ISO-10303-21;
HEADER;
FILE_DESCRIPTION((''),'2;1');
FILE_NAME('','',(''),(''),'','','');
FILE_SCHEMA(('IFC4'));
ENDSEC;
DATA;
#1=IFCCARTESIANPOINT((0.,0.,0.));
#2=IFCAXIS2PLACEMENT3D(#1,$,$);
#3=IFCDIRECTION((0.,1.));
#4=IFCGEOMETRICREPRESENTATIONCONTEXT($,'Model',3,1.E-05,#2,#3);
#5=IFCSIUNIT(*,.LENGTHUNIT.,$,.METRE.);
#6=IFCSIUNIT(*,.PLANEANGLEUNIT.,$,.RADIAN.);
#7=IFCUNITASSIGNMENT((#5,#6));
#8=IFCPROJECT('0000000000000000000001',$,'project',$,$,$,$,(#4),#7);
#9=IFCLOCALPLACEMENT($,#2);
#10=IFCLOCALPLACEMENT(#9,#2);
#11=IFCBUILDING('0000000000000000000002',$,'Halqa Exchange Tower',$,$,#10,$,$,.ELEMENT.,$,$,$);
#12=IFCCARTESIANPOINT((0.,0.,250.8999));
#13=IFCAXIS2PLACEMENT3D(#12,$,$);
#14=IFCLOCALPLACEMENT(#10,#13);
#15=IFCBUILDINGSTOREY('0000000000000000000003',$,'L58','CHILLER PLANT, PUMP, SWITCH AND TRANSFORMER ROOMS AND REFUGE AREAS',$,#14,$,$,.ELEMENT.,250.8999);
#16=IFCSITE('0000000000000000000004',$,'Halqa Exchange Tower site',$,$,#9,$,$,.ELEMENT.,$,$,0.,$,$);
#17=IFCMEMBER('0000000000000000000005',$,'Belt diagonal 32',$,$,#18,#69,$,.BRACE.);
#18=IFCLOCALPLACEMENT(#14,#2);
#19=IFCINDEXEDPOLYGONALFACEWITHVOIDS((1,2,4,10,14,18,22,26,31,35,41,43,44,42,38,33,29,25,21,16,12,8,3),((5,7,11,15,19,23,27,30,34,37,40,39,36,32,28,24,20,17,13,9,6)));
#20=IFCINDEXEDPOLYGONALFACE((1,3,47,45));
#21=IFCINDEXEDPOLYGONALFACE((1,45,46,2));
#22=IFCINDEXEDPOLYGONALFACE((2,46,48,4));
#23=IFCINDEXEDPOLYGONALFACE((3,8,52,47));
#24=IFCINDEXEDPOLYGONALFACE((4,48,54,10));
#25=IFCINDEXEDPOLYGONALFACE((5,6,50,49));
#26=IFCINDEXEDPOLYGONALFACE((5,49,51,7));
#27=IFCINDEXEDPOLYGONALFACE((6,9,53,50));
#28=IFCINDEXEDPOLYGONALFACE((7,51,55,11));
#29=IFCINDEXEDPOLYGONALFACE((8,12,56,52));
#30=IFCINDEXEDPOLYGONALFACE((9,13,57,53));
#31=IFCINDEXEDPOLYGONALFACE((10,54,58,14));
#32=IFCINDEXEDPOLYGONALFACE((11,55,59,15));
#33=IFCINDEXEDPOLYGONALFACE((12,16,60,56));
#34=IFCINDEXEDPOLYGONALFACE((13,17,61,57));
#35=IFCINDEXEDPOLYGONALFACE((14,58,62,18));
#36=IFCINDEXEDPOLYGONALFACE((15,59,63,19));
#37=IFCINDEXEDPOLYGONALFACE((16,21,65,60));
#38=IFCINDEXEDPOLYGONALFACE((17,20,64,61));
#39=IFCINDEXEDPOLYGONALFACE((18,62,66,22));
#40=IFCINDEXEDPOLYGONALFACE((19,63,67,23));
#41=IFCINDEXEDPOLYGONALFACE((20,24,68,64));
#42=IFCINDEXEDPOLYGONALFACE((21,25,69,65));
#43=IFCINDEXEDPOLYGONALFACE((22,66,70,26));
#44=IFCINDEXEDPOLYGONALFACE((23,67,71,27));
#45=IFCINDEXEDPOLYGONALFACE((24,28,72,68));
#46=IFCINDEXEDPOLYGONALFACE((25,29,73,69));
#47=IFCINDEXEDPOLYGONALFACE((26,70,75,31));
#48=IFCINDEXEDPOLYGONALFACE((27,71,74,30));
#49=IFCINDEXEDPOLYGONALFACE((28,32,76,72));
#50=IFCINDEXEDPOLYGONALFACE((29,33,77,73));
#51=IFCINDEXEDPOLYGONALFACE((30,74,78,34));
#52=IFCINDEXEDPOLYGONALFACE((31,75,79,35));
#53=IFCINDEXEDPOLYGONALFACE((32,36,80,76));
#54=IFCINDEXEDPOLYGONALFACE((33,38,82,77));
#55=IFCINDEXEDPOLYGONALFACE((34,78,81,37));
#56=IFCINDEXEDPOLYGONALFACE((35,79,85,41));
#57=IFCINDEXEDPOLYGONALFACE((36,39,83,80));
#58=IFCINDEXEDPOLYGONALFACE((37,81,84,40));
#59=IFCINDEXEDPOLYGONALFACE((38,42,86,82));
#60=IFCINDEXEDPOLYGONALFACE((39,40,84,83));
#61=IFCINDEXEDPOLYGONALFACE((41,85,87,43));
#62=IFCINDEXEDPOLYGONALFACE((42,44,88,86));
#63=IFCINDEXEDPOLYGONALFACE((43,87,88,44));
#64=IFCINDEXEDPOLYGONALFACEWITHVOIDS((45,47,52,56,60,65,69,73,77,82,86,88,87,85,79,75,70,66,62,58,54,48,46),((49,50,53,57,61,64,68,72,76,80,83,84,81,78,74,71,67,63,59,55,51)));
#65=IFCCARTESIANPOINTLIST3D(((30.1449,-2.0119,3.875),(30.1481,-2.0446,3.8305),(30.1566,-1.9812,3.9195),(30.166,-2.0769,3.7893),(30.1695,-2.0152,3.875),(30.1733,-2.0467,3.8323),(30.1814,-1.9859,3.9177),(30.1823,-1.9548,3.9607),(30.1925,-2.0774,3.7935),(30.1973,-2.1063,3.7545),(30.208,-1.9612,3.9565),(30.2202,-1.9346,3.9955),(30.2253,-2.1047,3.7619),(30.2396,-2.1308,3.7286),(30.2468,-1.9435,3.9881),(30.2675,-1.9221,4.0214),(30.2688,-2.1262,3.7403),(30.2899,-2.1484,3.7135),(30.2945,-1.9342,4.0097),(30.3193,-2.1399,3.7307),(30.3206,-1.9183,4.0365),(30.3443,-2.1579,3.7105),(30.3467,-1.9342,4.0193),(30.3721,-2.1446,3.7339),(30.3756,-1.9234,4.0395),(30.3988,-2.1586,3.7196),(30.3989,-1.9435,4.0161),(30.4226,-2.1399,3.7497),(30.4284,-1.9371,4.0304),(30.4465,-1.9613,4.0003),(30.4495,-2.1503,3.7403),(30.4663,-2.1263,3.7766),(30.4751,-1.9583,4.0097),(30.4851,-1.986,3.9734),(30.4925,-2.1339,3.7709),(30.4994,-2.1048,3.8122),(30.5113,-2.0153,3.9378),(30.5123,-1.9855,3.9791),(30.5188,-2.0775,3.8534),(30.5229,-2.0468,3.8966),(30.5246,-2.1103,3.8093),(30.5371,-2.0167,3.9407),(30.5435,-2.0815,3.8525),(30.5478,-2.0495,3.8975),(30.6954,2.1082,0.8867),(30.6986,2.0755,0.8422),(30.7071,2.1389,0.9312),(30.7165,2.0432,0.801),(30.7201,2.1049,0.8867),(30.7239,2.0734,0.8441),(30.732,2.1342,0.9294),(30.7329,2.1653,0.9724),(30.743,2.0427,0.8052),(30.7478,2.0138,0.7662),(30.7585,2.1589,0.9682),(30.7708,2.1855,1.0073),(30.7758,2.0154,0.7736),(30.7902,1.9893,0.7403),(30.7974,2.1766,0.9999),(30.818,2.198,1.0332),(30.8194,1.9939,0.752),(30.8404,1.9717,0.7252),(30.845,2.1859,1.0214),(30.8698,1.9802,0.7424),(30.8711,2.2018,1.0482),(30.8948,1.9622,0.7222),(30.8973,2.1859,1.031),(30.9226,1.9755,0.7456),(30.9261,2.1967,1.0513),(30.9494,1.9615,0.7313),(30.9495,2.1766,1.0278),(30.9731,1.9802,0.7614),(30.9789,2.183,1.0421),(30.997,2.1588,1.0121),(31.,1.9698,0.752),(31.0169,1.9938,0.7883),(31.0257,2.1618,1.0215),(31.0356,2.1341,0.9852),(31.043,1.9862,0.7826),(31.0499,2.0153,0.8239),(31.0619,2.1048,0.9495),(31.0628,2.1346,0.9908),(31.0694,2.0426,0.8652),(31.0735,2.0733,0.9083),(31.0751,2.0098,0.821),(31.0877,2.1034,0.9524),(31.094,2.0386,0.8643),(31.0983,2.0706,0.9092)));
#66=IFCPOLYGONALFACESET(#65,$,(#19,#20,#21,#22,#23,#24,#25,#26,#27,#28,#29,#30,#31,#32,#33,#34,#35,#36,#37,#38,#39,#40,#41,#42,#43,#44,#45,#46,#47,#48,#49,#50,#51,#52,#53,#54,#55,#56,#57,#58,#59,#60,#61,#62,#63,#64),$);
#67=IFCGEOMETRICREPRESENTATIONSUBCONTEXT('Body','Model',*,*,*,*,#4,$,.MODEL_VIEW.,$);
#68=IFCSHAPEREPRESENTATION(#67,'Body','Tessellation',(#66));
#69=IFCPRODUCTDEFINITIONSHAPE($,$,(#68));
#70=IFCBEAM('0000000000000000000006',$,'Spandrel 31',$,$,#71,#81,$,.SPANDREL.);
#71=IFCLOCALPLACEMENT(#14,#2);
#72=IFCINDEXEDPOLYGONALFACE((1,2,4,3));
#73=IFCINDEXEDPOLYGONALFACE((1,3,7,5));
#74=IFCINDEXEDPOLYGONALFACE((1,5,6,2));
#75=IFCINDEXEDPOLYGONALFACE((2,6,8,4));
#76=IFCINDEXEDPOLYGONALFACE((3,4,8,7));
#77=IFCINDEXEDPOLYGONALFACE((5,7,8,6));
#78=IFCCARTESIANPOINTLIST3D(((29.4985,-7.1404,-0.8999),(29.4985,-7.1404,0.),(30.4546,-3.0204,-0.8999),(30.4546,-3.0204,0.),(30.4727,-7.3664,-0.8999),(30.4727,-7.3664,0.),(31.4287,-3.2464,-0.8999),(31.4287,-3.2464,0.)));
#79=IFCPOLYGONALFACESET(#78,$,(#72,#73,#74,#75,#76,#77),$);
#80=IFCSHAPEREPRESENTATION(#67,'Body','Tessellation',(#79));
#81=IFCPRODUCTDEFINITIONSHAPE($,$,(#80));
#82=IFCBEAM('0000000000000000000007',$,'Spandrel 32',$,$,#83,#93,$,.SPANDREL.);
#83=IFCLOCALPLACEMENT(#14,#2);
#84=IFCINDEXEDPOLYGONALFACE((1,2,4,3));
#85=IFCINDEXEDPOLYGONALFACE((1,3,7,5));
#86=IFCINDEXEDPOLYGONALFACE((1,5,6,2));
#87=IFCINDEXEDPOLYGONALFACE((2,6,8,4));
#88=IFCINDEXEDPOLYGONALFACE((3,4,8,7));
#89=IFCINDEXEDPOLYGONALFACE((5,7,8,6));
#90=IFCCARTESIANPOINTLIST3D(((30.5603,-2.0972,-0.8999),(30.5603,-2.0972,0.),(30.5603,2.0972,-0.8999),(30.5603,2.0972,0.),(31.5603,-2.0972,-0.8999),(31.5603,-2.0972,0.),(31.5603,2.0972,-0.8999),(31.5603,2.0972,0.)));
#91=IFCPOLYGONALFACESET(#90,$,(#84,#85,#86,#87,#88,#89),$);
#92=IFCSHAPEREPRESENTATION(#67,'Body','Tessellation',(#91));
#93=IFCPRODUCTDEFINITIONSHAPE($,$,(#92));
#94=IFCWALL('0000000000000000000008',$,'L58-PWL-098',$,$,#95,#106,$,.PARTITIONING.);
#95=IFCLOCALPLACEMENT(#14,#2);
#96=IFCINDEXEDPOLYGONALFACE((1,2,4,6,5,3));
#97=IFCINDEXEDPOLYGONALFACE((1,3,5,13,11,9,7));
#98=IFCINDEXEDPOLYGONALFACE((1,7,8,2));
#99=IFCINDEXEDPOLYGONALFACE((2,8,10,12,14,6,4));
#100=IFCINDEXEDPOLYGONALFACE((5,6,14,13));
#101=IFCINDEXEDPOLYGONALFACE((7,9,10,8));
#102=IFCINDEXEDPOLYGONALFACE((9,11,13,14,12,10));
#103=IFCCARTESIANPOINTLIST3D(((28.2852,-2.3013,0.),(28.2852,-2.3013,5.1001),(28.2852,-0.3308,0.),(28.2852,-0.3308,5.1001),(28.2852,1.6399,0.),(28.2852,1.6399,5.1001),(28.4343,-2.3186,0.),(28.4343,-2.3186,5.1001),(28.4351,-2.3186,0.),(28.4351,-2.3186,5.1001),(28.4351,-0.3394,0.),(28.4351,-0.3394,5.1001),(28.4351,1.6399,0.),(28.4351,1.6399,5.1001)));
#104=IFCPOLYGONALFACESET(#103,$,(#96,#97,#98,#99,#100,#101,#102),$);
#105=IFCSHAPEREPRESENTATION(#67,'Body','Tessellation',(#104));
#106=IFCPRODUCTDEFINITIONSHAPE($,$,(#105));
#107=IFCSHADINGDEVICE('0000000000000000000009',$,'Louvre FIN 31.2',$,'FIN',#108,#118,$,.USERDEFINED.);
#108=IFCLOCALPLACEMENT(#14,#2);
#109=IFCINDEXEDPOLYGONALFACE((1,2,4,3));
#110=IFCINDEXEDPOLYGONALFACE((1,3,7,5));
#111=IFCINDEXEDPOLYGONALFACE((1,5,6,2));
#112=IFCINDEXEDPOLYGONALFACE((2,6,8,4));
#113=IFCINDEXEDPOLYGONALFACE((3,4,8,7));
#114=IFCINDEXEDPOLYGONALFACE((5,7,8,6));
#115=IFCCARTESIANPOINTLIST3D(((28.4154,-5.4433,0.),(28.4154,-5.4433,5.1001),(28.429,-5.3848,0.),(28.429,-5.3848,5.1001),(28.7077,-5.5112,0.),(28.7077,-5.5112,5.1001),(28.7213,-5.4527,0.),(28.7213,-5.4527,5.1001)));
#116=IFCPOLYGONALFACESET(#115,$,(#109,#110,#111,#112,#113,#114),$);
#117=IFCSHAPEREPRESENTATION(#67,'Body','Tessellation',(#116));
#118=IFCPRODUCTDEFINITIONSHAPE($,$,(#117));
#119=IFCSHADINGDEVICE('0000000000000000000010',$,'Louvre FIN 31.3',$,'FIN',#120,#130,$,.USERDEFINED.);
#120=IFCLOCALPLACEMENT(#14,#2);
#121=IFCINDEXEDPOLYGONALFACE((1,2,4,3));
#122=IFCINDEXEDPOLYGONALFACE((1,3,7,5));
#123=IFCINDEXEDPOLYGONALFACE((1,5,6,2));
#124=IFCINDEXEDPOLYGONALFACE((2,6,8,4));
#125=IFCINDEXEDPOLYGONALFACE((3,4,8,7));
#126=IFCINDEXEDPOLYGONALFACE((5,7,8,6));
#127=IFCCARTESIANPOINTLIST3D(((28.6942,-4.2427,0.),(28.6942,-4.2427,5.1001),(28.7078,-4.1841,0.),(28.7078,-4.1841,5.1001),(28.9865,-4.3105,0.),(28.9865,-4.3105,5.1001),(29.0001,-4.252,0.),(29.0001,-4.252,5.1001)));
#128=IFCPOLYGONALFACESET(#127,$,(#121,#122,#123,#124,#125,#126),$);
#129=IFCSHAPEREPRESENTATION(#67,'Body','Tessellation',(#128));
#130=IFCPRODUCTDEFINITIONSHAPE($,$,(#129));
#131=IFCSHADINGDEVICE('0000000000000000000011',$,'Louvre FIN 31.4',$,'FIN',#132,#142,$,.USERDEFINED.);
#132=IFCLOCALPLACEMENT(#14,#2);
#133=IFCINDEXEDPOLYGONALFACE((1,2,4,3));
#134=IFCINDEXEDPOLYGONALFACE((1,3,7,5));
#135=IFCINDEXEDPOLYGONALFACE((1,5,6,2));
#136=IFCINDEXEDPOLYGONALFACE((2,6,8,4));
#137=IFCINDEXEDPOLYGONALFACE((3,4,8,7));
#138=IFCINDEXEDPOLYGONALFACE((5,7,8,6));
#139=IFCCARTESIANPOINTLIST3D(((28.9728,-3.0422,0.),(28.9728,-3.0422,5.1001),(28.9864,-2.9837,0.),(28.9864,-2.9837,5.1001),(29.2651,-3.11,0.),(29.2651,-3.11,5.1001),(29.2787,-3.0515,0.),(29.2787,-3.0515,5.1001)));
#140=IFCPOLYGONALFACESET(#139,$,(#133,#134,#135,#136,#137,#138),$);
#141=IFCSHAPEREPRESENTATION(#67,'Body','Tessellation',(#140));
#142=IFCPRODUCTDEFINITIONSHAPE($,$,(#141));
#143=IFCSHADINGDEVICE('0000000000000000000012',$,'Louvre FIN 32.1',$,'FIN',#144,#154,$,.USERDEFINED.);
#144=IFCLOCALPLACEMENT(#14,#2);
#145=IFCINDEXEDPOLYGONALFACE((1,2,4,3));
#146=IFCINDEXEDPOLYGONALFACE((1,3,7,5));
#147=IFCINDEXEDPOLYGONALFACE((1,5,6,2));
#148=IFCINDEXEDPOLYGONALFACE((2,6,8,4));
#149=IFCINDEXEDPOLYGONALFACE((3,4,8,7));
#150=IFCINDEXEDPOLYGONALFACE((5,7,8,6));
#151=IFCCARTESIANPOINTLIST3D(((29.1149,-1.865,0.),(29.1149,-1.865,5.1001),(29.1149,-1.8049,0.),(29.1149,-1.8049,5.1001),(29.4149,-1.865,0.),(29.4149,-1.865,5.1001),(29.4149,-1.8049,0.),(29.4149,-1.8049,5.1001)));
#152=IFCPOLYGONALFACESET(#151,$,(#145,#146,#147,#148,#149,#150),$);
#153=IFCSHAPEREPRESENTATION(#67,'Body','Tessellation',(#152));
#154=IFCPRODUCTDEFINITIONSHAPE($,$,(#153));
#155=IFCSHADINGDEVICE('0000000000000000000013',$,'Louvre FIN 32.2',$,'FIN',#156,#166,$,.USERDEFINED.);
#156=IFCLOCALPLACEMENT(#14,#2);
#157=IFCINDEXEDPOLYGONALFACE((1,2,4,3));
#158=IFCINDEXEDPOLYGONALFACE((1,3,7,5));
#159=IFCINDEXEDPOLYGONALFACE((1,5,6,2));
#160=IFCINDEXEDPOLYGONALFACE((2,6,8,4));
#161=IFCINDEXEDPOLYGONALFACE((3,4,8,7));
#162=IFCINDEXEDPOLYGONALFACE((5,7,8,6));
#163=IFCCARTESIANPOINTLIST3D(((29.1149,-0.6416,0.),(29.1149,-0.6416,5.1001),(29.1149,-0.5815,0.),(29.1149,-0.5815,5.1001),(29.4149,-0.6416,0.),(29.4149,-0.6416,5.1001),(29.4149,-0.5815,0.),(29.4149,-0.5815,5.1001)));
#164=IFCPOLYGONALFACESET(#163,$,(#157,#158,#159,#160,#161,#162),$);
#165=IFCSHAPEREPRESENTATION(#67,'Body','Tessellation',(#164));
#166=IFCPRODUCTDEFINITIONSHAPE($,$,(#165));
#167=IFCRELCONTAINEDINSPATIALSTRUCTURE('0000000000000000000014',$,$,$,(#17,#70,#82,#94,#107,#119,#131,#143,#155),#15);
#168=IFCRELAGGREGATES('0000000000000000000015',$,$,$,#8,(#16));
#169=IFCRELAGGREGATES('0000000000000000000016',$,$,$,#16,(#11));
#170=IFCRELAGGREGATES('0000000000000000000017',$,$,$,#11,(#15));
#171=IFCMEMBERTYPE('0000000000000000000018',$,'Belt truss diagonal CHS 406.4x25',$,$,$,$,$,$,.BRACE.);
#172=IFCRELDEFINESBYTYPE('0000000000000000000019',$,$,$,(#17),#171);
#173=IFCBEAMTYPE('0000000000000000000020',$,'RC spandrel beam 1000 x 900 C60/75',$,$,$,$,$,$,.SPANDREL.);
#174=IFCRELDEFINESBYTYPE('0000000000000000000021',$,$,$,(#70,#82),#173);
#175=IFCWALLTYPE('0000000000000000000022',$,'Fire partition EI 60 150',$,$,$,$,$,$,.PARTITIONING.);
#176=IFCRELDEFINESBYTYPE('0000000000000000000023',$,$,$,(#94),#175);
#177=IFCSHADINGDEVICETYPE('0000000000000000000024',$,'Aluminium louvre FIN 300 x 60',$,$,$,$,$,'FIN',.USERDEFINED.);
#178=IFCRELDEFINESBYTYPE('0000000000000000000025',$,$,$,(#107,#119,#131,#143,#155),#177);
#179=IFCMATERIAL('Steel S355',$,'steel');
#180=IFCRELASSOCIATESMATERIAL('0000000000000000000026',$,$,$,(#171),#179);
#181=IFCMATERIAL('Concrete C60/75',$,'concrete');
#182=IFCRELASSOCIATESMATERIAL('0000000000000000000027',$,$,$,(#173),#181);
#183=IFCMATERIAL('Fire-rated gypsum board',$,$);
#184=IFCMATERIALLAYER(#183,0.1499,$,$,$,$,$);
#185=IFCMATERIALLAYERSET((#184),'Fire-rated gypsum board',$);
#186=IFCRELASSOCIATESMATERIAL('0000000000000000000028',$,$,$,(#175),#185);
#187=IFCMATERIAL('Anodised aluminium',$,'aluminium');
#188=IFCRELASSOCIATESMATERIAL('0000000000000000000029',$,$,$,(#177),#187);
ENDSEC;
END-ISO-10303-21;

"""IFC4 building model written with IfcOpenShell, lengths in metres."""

from ifc_helpers import new_model, si_unit, direction, frame, origin, origin_2d, place, context, subcontext, project, spatial, polyline, rectangle, hollow_circle, outline, extrude, material, layer, layer_set, material_profile, profile_set, type_object, element, save


model = new_model("IFC4")

# Units and contexts
model_context = context("Model", 3, precision=1e-05, world=origin(), true_north=direction((0.0, 1.0)))
body_context = subcontext(model_context, "Body", "Model", "MODEL_VIEW")
ifc_project = project(units=[si_unit("LENGTHUNIT", "METRE"), si_unit("PLANEANGLEUNIT", "RADIAN")], contexts=[model_context])

# Site, building, storey
site_placement = place(None, origin())
site = spatial("IfcSite", under=ifc_project, at=site_placement, Name="Halqa Exchange Tower site", CompositionType="ELEMENT", RefElevation=0.0)
building_placement = place(site_placement, origin())
building = spatial("IfcBuilding", under=site, at=building_placement, Name="Halqa Exchange Tower", CompositionType="ELEMENT")
storey_placement = place(building_placement, frame((0.0, 0.0, 250.8999)))
storey = spatial("IfcBuildingStorey", under=building, at=storey_placement, Name="L58", Description="CHILLER PLANT, PUMP, SWITCH AND TRANSFORMER ROOMS AND REFUGE AREAS", CompositionType="ELEMENT", Elevation=250.8999)

# Shared definitions
ifc_material_1 = material(Name="Concrete C60/75", Category="concrete")

# Member
ifc_material_2 = material(Name="Steel S355", Category="steel")
ifc_material_profile_1 = material_profile(ifc_material_2, hollow_circle(Radius=0.2031, WallThickness=0.0249, at=origin_2d()), Name="CHS 406.4x25")
ifc_profile_set_1 = profile_set([ifc_material_profile_1], Name="Steel S355")
member_type_1 = type_object("IfcMemberType", Name="Belt truss diagonal CHS 406.4x25", PredefinedType="BRACE", material=ifc_profile_set_1)
member_1_placement = place(storey_placement, frame((30.3462, -2.0388, 3.875), z_axis=(0.107539, 0.804804, -0.583717), x_axis=(-0.99119, 0.132445, 0.0)))
element("IfcMember", 1, at=member_1_placement, inside=storey, type_object=member_type_1, Name="Belt diagonal 32", PredefinedType="BRACE", context=body_context, shape_type="SweptSolid", body=[
    extrude(hollow_circle(Radius=0.2031, WallThickness=0.0249, at=origin_2d()), origin(), (0.0, 0.0, 1.0), 5.1194),
])

# Beams
ifc_material_profile_2 = material_profile(ifc_material_1, rectangle(XDim=1.0, YDim=0.8999, at=origin_2d()), Name="1000 x 900")
ifc_profile_set_2 = profile_set([ifc_material_profile_2], Name="Concrete C60/75")
beam_type = type_object("IfcBeamType", Name="RC spandrel beam 1000 x 900 C60/75", PredefinedType="SPANDREL", material=ifc_profile_set_2)
beam_1_placement = place(storey_placement, frame((29.9856, -7.2534, -0.45), z_axis=(0.22604, 0.974118, 0.0), x_axis=(-0.974118, 0.22604, 0.0)))
element("IfcBeam", 2, at=beam_1_placement, inside=storey, type_object=beam_type, Name="Spandrel 31", PredefinedType="SPANDREL", context=body_context, shape_type="SweptSolid", body=[
    extrude(rectangle(XDim=1.0, YDim=0.8999, at=origin_2d()), origin(), (0.0, 0.0, 1.0), 4.2295),
])
beam_2_placement = place(storey_placement, frame((31.0603, -2.0972, -0.45), z_axis=(0.0, 1.0, 0.0), x_axis=(-1.0, 0.0, 0.0)))
element("IfcBeam", 3, at=beam_2_placement, inside=storey, type_object=beam_type, Name="Spandrel 32", PredefinedType="SPANDREL", context=body_context, shape_type="SweptSolid", body=[
    extrude(rectangle(XDim=1.0, YDim=0.8999, at=origin_2d()), origin(), (0.0, 0.0, 1.0), 4.1943),
])

# Wall
ifc_material_3 = material(Name="Fire-rated gypsum board")
ifc_layer_1 = layer(ifc_material_3, 0.1499)
ifc_layer_set_1 = layer_set([ifc_layer_1], Name="Fire-rated gypsum board")
wall_type = type_object("IfcWallType", Name="Fire partition EI 60 150", PredefinedType="PARTITIONING", material=ifc_layer_set_1)
wall_placement = place(storey_placement, frame((28.3601, -2.3186, 0.0), z_axis=(0.0, 0.0, 1.0), x_axis=(0.0, 1.0, 0.0)))
element("IfcWall", 4, at=wall_placement, inside=storey, type_object=wall_type, Name="L58-PWL-098", PredefinedType="PARTITIONING", context=body_context, shape_type="SweptSolid", body=[
    extrude(outline(polyline([(3.9585, 0.075), (1.9878, 0.075), (0.0173, 0.075), (0.0, -0.0742), (0.0, -0.075), (1.9792, -0.075), (3.9585, -0.075), (3.9585, 0.075)])), origin(), (0.0, 0.0, 1.0), 5.1001),
])

# Shading devices
ifc_material_4 = material(Name="Anodised aluminium", Category="aluminium")
ifc_material_profile_3 = material_profile(ifc_material_4, rectangle(XDim=0.3, YDim=0.0601, at=origin_2d()), Name="AL FIN 300x60")
ifc_profile_set_3 = profile_set([ifc_material_profile_3], Name="Anodised aluminium")
shading_device_type = type_object("IfcShadingDeviceType", Name="Aluminium louvre FIN 300 x 60", ElementType="FIN", PredefinedType="USERDEFINED", material=ifc_profile_set_3)
for number, where, z_axis, x_axis, name in (
    (5, (28.5684, -5.448, 0.0), (0.0, 0.0, 1.0), (-0.974113, 0.226061, 0.0), "Louvre FIN 31.2"),
    (6, (28.8472, -4.2473, 0.0), (0.0, 0.0, 1.0), (-0.974113, 0.226061, 0.0), "Louvre FIN 31.3"),
    (7, (29.1257, -3.0469, 0.0), (0.0, 0.0, 1.0), (-0.974113, 0.226061, 0.0), "Louvre FIN 31.4"),
    (8, (29.2649, -1.835, 0.0), (0.0, 0.0, 1.0), (-1.0, 0.0, 0.0), "Louvre FIN 32.1"),
    (9, (29.2649, -0.6116, 0.0), (0.0, 0.0, 1.0), (-1.0, 0.0, 0.0), "Louvre FIN 32.2"),
):
    element("IfcShadingDevice", number, at=place(storey_placement, frame(where, z_axis=z_axis, x_axis=x_axis)), inside=storey, type_object=shading_device_type, Name=name, ObjectType="FIN", PredefinedType="USERDEFINED", context=body_context, shape_type="SweptSolid", body=[
        extrude(rectangle(XDim=0.3, YDim=0.0601, at=origin_2d()), origin(), (0.0, 0.0, 1.0), 5.1001),
    ])

save(model, "model.ifc")
